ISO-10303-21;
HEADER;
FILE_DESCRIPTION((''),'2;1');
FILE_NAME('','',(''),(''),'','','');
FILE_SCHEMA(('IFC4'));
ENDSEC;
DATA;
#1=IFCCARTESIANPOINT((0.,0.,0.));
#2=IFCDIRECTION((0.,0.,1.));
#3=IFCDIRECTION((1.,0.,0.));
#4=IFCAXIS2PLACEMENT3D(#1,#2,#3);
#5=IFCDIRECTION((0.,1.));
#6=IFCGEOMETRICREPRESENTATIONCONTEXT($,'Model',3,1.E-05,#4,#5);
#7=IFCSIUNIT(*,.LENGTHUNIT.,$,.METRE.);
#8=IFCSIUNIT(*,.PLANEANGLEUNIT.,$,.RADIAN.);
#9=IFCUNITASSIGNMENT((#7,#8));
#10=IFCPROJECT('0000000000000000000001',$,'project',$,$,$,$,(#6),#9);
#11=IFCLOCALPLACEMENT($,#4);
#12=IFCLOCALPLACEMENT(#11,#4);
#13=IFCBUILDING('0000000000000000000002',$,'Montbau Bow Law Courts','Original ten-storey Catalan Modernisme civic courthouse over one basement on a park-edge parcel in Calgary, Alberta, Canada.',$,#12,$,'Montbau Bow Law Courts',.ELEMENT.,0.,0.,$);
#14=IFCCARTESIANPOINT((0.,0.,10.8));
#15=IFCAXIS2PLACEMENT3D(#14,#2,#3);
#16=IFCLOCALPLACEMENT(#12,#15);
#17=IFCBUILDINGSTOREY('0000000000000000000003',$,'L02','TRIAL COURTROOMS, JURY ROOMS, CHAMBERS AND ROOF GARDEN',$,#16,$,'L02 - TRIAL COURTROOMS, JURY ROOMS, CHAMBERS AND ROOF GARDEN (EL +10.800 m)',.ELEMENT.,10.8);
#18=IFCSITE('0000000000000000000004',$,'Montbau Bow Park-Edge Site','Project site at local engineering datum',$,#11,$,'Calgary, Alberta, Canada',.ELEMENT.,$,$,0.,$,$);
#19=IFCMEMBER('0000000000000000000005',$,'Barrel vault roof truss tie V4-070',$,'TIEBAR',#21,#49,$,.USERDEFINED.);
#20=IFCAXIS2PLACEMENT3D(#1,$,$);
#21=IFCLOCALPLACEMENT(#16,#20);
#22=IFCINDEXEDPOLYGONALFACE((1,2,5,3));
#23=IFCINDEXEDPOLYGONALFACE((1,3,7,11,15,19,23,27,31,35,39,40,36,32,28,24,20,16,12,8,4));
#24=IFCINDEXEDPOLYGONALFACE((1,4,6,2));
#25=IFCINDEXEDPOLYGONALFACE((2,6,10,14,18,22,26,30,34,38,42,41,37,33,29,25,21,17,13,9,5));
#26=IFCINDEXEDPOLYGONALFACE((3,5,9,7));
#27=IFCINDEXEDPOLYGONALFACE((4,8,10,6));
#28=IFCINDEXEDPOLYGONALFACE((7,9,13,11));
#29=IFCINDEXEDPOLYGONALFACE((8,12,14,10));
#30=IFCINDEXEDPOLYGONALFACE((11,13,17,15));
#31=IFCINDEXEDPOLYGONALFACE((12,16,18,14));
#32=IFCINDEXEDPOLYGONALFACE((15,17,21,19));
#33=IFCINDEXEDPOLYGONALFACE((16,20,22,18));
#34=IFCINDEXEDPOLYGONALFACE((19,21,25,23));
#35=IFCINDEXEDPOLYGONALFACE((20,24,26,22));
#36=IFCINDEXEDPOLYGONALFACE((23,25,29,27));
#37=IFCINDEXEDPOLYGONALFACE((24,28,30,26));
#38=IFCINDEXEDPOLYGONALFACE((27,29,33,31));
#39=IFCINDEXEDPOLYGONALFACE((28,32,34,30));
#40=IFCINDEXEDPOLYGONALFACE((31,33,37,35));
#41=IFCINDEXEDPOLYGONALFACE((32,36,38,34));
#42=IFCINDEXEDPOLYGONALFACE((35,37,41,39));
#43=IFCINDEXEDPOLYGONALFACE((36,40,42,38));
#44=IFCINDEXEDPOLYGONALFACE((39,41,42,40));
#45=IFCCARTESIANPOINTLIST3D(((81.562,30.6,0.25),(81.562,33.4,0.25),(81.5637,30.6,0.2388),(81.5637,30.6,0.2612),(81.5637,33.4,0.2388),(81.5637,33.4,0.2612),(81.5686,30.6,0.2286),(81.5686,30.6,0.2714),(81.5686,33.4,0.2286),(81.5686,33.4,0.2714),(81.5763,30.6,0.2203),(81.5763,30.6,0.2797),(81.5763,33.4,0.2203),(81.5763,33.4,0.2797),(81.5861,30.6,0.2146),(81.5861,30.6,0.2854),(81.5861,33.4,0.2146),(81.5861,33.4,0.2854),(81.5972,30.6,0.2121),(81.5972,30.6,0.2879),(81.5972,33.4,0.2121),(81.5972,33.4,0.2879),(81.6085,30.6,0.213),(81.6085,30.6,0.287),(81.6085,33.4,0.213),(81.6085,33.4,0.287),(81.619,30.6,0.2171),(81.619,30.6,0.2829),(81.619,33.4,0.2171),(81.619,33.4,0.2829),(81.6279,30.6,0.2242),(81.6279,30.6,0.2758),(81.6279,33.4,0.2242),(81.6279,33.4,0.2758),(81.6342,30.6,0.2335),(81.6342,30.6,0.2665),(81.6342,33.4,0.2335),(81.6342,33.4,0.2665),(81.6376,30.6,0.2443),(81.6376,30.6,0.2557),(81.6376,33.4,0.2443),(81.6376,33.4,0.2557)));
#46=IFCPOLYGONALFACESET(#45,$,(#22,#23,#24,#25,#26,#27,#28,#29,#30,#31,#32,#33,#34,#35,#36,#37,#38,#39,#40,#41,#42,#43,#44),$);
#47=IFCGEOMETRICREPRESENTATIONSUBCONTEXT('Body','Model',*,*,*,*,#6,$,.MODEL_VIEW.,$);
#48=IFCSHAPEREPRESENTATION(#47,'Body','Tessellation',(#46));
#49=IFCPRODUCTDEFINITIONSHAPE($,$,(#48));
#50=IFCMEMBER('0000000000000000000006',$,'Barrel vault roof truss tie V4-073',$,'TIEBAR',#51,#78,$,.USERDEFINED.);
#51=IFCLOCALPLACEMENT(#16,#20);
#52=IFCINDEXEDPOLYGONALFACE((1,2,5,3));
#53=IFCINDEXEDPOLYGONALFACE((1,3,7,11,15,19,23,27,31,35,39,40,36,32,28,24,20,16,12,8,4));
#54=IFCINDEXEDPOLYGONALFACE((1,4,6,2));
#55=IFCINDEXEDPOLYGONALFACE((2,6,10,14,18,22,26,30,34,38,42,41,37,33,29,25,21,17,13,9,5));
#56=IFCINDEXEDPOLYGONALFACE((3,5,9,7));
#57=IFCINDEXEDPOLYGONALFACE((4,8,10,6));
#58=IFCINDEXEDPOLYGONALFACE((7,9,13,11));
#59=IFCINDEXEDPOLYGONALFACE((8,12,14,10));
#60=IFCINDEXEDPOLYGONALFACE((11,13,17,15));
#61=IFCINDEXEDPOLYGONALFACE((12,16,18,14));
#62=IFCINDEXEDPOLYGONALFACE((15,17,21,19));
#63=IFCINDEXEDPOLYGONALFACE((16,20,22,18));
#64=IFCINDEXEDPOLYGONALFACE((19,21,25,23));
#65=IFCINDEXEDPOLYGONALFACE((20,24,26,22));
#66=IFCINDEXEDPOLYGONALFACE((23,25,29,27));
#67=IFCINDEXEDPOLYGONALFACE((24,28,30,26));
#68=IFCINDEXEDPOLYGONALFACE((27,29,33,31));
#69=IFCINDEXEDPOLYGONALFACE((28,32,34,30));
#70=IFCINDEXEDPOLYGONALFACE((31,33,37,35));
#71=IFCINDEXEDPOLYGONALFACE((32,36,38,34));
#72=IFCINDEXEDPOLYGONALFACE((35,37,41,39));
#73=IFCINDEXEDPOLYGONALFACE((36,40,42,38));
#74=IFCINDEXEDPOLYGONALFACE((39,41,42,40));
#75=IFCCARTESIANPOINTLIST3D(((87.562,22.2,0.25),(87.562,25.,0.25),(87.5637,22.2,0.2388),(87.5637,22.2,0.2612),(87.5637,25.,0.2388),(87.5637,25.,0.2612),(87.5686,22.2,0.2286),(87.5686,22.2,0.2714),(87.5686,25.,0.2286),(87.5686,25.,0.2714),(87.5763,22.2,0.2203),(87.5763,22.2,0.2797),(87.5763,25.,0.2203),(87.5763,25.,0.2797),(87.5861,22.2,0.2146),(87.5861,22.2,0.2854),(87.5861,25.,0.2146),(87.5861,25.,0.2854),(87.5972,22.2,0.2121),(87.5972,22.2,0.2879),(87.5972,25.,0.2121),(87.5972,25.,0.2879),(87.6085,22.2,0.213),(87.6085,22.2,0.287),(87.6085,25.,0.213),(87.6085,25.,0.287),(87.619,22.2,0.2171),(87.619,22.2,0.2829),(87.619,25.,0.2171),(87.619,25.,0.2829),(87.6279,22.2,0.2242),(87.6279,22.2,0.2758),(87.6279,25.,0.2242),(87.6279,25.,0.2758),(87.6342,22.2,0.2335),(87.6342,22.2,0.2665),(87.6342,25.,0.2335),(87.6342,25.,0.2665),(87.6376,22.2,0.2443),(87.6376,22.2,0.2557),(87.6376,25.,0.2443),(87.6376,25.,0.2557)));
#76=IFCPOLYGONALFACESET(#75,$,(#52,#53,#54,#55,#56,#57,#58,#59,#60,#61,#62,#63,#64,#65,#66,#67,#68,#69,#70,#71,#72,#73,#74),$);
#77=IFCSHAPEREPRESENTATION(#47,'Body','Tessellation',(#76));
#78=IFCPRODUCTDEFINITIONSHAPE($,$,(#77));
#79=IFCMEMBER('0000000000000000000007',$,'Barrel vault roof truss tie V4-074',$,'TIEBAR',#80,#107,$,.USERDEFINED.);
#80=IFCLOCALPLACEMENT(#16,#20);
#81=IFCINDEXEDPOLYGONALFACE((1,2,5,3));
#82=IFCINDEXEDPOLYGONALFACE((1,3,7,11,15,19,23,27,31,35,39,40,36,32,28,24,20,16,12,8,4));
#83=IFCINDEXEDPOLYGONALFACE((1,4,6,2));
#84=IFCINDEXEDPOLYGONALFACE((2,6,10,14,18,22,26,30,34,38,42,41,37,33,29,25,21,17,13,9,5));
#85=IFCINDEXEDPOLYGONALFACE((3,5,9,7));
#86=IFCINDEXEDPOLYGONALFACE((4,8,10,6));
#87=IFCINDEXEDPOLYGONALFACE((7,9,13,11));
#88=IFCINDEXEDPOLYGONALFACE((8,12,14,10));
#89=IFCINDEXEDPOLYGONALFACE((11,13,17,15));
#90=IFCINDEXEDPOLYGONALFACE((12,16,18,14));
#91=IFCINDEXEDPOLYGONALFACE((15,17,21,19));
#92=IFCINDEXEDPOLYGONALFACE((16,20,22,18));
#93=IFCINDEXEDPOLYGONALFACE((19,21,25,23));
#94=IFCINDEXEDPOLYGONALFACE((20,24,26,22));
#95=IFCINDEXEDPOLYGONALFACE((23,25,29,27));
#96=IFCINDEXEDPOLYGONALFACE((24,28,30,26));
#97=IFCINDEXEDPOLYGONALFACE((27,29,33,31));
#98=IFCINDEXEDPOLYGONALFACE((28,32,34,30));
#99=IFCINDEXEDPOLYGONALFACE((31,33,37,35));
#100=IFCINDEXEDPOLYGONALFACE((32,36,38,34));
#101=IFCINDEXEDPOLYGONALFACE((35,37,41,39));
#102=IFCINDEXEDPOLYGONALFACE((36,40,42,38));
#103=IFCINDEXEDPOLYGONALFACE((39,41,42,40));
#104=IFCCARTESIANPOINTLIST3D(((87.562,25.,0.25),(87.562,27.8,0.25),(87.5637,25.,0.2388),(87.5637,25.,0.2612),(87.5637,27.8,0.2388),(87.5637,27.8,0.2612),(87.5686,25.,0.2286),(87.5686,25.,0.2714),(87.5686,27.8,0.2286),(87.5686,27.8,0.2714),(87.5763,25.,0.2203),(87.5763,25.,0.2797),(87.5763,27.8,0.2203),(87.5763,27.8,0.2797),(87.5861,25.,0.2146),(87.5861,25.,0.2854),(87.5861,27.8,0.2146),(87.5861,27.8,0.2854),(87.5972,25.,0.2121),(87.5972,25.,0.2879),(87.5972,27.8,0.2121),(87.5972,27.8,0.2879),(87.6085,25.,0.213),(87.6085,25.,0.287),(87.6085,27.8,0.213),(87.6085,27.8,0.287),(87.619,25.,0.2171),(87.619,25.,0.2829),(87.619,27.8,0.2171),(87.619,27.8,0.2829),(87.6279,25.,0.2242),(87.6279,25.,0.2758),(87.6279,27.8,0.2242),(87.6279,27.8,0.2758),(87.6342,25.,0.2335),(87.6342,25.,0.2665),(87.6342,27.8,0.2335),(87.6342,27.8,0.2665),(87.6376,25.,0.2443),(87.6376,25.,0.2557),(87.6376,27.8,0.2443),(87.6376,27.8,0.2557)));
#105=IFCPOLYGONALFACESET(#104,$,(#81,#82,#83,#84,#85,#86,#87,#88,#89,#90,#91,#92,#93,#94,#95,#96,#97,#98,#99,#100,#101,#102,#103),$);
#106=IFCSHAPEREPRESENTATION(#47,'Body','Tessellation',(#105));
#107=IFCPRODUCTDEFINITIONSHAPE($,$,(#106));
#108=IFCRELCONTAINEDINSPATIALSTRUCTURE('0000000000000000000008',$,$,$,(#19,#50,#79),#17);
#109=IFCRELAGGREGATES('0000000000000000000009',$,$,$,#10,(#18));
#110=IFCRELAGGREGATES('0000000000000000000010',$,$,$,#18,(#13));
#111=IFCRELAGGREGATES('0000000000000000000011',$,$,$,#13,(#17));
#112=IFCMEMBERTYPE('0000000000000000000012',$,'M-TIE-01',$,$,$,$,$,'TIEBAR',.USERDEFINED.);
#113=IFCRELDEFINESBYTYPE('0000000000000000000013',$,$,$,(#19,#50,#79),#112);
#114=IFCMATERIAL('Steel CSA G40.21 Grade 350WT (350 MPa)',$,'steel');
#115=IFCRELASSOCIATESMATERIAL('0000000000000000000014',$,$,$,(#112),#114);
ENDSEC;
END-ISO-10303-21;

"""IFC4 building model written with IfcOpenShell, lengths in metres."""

from ifc_helpers import new_model, si_unit, direction, frame, origin_with_axes, origin_2d_with_axis, place, context, subcontext, project, spatial, circle, extrude, material, material_profile, profile_set, type_object, element, save


model = new_model("IFC4")

# Units and contexts
model_context = context("Model", 3, precision=1e-05, world=origin_with_axes(), true_north=direction((0.0, 1.0)))
body_context = subcontext(model_context, "Body", "Model", "MODEL_VIEW")
ifc_project = project(units=[si_unit("LENGTHUNIT", "METRE"), si_unit("PLANEANGLEUNIT", "RADIAN")], contexts=[model_context])

# Site, building, storey
site_placement = place(None, origin_with_axes())
site = spatial("IfcSite", under=ifc_project, at=site_placement, Name="Montbau Bow Park-Edge Site", Description="Project site at local engineering datum", LongName="Calgary, Alberta, Canada", CompositionType="ELEMENT", RefElevation=0.0)
building_placement = place(site_placement, origin_with_axes())
building = spatial("IfcBuilding", under=site, at=building_placement, Name="Montbau Bow Law Courts", Description="Original ten-storey Catalan Modernisme civic courthouse over one basement on a park-edge parcel in Calgary, Alberta, Canada.", LongName="Montbau Bow Law Courts", CompositionType="ELEMENT", ElevationOfRefHeight=0.0, ElevationOfTerrain=0.0)
storey_placement = place(building_placement, frame((0.0, 0.0, 10.8), z_axis=(0.0, 0.0, 1.0), x_axis=(1.0, 0.0, 0.0)))
storey = spatial("IfcBuildingStorey", under=building, at=storey_placement, Name="L02", Description="TRIAL COURTROOMS, JURY ROOMS, CHAMBERS AND ROOF GARDEN", LongName="L02 - TRIAL COURTROOMS, JURY ROOMS, CHAMBERS AND ROOF GARDEN (EL +10.800 m)", CompositionType="ELEMENT", Elevation=10.8)

# Shared definitions
ifc_material_1 = material(Name="Steel CSA G40.21 Grade 350WT (350 MPa)", Category="steel")

# Members
ifc_material_profile_1 = material_profile(ifc_material_1, circle(Radius=0.038, at=origin_2d_with_axis()), Name="ROD76", Category="Main", Priority=0)
ifc_profile_set_1 = profile_set([ifc_material_profile_1], Name="Steel CSA G40.21 Grade 350WT (350 MPa)")
member_type_1 = type_object("IfcMemberType", Name="M-TIE-01", ElementType="TIEBAR", PredefinedType="USERDEFINED", material=ifc_profile_set_1)
for number, where, z_axis, x_axis, name in (
    (1, (81.6, 30.6, 11.05), (0.0, 1.0, 0.0), (-1.0, 0.0, 0.0), "Barrel vault roof truss tie V4-070"),
    (2, (87.6, 22.2, 11.05), (0.0, 1.0, 0.0), (-1.0, 0.0, 0.0), "Barrel vault roof truss tie V4-073"),
    (3, (87.6, 25.0, 11.05), (0.0, 1.0, 0.0), (-1.0, 0.0, 0.0), "Barrel vault roof truss tie V4-074"),
):
    element("IfcMember", number, at=place(None, frame(where, z_axis=z_axis, x_axis=x_axis)), inside=storey, type_object=member_type_1, Name=name, ObjectType="TIEBAR", PredefinedType="USERDEFINED", context=body_context, shape_type="SweptSolid", body=[
        extrude(circle(Radius=0.038, at=origin_2d_with_axis()), origin_with_axes(), (0.0, 0.0, 1.0), 2.8),
    ])

save(model, "model.ifc")
